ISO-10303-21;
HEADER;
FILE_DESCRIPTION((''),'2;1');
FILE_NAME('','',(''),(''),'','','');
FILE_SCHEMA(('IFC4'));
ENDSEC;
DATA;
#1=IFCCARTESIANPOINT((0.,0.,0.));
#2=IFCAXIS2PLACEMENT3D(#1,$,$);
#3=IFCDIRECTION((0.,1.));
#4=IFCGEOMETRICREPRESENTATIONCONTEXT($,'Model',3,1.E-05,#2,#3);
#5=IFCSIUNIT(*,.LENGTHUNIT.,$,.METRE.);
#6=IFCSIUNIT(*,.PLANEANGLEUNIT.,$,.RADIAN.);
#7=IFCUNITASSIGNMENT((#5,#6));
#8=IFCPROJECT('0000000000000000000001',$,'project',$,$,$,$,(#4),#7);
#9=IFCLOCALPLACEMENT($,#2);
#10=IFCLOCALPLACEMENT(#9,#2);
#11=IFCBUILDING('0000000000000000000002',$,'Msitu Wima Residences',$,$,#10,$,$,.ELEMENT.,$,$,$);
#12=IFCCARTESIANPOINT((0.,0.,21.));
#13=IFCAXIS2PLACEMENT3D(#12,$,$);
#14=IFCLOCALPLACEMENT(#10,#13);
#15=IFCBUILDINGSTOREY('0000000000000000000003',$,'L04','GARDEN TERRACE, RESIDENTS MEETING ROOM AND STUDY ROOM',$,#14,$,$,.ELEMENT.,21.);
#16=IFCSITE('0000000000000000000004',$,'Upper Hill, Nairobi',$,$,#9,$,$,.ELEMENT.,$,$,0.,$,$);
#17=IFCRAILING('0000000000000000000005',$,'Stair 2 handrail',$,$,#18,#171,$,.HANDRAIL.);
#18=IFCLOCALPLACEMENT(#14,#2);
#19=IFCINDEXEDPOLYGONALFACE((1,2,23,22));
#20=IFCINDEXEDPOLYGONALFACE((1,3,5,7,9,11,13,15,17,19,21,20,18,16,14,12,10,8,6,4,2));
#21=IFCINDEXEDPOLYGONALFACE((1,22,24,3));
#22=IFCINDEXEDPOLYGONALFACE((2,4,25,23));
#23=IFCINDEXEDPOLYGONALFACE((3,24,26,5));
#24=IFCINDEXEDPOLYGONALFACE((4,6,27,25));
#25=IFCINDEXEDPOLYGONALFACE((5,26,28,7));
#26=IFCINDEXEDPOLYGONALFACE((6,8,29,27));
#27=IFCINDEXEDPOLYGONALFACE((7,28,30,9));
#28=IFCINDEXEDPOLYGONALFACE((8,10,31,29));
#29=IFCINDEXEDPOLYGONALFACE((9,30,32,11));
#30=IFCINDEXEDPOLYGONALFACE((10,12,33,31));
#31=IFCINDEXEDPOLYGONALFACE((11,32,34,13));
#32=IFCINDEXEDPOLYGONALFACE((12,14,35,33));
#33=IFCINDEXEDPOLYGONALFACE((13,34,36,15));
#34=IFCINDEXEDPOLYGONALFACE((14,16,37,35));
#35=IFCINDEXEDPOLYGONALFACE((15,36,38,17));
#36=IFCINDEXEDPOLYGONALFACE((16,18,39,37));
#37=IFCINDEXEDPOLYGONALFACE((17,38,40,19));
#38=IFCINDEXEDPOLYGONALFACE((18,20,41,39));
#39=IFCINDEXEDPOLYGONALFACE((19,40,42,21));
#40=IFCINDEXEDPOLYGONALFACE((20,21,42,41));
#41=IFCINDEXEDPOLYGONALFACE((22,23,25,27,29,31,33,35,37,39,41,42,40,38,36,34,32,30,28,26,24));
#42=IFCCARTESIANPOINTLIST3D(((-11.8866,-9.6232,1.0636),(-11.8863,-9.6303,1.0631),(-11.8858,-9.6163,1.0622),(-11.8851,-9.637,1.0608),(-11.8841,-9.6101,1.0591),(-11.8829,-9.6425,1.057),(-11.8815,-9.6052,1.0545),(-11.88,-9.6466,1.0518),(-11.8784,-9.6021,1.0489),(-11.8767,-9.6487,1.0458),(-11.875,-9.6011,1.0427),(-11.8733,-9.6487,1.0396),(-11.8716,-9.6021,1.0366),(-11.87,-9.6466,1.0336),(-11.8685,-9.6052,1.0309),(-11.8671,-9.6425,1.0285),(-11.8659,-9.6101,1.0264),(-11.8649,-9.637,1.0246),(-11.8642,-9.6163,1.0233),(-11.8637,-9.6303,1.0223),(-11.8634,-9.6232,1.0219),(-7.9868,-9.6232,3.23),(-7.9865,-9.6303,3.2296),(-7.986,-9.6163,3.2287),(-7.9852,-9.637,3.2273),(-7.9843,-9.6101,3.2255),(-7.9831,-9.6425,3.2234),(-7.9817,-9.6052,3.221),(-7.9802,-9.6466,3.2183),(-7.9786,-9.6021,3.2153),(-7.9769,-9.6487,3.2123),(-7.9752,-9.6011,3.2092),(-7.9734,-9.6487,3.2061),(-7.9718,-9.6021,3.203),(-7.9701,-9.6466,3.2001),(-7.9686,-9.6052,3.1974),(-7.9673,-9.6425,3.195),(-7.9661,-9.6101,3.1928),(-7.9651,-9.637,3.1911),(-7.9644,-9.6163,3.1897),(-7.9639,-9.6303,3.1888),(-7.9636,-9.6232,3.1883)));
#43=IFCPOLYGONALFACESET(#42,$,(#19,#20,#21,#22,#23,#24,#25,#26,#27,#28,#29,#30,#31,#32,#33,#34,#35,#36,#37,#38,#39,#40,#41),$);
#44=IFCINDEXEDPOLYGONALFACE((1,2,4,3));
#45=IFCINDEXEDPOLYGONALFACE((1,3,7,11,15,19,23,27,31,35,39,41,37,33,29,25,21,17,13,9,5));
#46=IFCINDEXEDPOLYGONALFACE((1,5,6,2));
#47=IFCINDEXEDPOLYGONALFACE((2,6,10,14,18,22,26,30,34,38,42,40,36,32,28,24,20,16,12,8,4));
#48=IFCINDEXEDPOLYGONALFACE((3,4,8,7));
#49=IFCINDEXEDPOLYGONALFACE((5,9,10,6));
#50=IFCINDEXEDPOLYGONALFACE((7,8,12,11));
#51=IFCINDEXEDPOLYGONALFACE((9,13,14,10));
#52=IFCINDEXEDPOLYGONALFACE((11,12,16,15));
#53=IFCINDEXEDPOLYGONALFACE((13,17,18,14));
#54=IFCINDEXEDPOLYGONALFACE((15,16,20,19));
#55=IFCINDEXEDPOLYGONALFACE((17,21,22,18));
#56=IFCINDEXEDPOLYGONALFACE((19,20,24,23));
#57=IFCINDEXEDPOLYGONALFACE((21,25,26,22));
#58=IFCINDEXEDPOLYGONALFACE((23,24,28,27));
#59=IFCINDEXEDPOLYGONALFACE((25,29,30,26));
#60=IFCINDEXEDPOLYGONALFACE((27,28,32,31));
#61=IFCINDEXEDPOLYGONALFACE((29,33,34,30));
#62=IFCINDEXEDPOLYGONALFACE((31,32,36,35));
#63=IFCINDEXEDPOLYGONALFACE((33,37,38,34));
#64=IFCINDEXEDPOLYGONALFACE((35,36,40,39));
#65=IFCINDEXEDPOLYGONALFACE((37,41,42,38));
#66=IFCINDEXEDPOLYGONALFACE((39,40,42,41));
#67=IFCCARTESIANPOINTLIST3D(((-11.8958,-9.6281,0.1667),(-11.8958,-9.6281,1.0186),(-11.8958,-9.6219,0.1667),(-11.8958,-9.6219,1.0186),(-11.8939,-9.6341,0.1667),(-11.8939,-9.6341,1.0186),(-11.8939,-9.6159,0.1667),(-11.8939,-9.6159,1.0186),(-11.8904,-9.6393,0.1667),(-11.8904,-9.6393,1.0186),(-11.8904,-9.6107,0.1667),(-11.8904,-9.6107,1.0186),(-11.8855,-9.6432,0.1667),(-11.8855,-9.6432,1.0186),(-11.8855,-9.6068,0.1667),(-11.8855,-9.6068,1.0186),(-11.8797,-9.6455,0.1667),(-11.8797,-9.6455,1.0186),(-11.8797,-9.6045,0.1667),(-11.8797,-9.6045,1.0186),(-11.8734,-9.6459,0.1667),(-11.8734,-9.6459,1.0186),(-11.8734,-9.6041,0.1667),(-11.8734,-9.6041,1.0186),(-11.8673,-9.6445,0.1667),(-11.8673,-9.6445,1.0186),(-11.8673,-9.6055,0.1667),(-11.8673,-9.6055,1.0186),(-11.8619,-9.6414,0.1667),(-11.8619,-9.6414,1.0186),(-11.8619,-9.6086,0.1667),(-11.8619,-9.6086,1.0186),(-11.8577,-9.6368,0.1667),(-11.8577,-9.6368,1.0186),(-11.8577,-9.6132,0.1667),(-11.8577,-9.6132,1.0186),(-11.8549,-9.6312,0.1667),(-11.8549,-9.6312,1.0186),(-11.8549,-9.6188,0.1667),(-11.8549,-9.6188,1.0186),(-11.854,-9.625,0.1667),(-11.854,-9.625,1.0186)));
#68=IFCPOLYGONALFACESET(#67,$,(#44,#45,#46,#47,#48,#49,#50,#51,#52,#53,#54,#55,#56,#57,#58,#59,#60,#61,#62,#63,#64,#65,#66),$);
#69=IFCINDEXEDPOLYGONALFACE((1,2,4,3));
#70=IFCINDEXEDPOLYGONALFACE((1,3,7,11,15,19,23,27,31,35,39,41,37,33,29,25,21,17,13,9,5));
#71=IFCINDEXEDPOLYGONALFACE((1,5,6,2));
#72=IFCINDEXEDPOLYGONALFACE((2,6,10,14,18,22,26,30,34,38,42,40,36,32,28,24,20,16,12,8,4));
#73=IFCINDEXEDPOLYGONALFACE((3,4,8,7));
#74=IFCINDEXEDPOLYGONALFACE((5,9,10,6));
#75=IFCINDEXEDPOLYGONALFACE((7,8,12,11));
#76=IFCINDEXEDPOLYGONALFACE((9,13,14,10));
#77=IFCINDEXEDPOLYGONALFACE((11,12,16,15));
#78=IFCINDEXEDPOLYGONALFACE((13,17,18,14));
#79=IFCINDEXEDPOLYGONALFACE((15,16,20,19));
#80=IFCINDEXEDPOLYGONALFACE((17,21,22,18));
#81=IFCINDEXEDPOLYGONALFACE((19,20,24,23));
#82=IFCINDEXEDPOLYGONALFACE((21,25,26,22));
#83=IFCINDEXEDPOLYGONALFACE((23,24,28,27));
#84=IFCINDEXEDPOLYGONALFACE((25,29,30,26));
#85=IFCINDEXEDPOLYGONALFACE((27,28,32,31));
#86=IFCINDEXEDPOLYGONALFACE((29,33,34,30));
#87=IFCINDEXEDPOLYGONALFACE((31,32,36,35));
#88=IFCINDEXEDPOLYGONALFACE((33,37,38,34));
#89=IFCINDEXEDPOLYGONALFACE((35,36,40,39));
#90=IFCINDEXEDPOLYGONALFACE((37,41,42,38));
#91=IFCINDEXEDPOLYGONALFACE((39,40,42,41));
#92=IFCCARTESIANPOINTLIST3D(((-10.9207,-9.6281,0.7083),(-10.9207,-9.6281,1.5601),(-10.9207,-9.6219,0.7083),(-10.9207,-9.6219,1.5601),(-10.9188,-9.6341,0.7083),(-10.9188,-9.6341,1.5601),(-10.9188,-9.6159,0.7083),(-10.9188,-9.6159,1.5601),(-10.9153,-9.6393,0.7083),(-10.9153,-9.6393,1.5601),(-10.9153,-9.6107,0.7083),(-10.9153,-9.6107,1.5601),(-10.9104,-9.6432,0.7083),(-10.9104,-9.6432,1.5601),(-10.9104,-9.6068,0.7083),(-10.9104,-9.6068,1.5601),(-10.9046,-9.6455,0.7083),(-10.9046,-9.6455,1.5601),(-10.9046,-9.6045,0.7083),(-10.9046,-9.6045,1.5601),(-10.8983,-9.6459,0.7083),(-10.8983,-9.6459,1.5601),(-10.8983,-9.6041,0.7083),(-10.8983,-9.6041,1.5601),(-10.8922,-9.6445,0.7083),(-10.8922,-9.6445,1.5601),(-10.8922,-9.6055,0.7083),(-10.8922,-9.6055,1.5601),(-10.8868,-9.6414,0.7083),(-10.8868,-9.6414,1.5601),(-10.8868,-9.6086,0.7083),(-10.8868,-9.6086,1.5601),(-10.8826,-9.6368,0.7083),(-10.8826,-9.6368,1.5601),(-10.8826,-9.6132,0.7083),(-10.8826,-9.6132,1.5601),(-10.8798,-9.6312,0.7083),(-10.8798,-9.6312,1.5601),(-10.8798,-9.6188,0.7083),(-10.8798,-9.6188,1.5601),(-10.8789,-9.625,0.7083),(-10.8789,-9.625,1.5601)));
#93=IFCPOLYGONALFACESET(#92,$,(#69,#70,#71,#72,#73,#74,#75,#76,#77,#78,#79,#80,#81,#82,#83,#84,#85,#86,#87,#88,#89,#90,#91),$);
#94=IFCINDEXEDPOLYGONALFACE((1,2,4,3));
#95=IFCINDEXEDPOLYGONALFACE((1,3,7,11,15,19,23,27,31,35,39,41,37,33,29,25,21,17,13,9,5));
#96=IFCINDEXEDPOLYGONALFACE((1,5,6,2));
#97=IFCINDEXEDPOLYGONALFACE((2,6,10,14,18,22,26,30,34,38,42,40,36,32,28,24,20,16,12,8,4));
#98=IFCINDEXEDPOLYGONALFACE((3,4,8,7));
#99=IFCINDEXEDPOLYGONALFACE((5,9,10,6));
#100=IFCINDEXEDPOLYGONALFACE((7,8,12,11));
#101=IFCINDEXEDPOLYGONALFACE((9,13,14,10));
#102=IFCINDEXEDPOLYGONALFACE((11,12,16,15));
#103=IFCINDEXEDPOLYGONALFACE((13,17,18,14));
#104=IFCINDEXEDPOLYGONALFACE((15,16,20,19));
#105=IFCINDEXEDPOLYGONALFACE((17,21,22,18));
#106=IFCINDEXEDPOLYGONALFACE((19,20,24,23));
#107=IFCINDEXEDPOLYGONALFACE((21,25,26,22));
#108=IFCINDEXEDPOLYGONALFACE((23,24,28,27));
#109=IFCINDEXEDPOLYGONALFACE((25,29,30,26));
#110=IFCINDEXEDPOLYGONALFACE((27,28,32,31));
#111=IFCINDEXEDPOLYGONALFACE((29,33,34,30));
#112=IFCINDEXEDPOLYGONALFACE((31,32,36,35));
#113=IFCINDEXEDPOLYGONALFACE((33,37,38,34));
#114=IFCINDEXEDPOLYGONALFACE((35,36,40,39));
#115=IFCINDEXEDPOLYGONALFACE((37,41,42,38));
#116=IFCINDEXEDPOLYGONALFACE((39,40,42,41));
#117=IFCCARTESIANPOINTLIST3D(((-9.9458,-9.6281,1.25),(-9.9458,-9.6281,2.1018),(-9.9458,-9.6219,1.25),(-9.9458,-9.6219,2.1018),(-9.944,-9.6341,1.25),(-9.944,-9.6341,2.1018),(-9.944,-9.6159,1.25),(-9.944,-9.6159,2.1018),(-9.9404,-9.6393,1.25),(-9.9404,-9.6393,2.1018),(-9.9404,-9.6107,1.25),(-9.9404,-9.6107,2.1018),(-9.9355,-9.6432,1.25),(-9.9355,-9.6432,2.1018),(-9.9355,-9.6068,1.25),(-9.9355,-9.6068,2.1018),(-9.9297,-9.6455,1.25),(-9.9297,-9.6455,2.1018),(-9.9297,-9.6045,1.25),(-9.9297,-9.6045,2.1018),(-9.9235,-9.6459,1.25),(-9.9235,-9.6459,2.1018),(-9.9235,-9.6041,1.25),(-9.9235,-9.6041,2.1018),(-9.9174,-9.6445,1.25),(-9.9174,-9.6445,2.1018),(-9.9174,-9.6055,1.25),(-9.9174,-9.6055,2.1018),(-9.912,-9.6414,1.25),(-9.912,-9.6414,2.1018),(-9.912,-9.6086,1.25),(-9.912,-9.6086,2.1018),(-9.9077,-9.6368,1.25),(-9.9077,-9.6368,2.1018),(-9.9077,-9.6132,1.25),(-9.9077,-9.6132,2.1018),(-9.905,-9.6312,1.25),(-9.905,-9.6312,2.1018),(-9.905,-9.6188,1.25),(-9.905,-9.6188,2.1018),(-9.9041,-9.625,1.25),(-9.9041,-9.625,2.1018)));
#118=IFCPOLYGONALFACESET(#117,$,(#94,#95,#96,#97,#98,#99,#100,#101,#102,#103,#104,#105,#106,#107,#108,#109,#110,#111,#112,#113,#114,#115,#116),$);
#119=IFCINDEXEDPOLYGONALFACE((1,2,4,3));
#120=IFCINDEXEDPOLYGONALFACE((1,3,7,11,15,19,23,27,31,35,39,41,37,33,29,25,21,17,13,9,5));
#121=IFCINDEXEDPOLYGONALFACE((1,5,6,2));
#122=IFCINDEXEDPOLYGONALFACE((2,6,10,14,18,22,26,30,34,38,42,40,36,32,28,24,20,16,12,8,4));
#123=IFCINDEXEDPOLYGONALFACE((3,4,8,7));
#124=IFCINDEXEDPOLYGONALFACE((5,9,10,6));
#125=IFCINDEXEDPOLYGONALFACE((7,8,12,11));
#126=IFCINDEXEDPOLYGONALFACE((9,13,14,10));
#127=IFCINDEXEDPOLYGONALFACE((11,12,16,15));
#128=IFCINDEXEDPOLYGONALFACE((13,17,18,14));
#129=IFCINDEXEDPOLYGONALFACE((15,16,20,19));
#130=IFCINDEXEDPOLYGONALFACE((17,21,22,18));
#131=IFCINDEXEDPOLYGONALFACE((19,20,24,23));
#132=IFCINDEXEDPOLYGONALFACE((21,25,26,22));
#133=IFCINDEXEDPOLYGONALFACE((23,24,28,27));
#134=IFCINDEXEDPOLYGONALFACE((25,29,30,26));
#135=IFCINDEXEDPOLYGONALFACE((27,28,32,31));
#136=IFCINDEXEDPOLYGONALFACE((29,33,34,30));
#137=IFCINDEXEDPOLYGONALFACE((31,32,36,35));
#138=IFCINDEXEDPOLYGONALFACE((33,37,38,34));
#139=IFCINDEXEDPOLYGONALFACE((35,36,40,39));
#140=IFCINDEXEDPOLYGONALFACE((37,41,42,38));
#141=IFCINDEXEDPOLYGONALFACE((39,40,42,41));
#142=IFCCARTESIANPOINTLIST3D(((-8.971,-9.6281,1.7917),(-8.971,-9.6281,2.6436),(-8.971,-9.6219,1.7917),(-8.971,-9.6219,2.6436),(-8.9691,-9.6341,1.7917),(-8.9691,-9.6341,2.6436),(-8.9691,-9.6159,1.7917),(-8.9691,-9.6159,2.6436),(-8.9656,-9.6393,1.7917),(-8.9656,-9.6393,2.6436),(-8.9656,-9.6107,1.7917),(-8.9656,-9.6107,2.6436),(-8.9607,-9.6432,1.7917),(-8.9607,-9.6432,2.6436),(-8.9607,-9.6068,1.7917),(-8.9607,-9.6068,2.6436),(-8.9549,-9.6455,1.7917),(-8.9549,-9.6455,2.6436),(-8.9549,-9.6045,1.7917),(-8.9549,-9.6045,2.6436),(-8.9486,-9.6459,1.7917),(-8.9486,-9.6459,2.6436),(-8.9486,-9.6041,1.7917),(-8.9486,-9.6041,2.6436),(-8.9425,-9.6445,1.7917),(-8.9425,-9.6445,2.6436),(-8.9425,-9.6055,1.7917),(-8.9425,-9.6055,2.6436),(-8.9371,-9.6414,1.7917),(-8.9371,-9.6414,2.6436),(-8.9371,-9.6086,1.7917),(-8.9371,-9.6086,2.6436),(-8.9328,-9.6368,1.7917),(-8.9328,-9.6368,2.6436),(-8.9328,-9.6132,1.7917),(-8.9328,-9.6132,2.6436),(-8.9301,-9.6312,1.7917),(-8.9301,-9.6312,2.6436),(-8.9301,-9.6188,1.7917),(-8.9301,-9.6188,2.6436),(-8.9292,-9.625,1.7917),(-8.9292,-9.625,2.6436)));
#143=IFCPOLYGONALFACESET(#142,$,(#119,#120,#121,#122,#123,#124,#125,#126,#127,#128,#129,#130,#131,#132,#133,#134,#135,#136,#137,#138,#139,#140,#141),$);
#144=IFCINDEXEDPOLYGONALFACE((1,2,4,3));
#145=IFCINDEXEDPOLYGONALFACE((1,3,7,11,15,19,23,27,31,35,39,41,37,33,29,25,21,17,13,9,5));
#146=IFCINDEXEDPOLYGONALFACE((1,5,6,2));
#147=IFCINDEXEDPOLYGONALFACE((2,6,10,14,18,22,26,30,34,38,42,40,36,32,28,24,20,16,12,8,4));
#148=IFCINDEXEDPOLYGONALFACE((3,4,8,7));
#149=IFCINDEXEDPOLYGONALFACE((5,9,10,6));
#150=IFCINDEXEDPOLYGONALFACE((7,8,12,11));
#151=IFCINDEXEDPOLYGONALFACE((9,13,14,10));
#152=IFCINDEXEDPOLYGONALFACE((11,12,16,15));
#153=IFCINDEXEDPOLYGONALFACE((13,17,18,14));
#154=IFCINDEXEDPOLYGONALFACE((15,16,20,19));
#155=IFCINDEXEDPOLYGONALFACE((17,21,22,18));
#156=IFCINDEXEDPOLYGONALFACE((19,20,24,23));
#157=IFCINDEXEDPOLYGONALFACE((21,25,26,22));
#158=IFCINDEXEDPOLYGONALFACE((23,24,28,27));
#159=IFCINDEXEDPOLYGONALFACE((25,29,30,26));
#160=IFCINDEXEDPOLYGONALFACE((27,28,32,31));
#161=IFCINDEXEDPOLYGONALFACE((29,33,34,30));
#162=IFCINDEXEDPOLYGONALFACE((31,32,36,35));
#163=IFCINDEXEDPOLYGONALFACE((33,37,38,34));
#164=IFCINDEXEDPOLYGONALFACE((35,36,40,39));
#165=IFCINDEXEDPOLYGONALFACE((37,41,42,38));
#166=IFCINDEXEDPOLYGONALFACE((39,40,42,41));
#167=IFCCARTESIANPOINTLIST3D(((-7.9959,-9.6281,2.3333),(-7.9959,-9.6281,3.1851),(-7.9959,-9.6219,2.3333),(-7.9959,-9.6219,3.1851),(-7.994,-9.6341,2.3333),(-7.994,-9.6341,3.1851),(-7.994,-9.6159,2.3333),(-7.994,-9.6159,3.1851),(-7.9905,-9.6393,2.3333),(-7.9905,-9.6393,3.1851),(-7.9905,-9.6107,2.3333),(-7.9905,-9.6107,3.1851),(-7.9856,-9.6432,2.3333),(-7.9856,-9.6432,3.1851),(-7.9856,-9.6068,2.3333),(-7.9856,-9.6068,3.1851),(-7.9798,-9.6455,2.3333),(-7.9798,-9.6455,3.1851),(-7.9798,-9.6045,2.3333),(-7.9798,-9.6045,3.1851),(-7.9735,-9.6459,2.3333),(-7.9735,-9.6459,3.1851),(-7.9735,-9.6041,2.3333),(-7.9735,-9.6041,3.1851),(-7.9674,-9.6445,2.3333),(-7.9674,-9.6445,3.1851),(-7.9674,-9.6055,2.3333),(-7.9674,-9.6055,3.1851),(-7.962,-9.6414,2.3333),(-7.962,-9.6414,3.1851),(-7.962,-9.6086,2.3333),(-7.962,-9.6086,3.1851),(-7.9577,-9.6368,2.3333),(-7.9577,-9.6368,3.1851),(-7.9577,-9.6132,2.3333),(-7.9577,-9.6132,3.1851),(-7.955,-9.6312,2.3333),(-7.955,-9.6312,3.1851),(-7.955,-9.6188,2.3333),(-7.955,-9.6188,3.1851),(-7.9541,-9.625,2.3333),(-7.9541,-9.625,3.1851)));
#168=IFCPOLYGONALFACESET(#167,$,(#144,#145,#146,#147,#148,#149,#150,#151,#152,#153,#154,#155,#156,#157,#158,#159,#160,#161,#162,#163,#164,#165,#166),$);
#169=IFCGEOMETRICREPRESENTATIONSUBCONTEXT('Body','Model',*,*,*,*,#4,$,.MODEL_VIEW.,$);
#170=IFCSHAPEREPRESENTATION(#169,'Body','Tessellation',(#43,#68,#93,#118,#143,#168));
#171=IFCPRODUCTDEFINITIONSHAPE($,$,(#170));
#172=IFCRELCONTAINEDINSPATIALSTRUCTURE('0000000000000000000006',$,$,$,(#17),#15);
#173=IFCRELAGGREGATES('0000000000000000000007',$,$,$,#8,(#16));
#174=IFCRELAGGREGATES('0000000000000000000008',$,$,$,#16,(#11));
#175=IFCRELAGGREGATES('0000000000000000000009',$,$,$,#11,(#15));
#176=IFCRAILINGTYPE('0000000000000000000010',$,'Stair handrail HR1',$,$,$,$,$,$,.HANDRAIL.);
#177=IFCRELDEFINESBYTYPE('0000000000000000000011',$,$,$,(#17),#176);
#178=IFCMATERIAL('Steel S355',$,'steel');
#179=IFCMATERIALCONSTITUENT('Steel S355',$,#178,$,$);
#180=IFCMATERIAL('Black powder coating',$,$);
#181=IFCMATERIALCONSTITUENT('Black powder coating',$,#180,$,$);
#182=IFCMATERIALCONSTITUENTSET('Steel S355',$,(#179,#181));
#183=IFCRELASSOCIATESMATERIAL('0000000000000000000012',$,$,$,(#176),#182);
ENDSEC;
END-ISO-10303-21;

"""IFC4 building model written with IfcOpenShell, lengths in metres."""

from ifc_helpers import new_model, si_unit, direction, frame, origin, origin_2d, place, context, subcontext, project, spatial, circle, extrude, material, constituent, constituent_set, type_object, element, save


model = new_model("IFC4")

# Units and contexts
model_context = context("Model", 3, precision=1e-05, world=origin(), true_north=direction((0.0, 1.0)))
body_context = subcontext(model_context, "Body", "Model", "MODEL_VIEW")
ifc_project = project(units=[si_unit("LENGTHUNIT", "METRE"), si_unit("PLANEANGLEUNIT", "RADIAN")], contexts=[model_context])

# Site, building, storey
site_placement = place(None, origin())
site = spatial("IfcSite", under=ifc_project, at=site_placement, Name="Upper Hill, Nairobi", CompositionType="ELEMENT", RefElevation=0.0)
building_placement = place(site_placement, origin())
building = spatial("IfcBuilding", under=site, at=building_placement, Name="Msitu Wima Residences", CompositionType="ELEMENT")
storey_placement = place(building_placement, frame((0.0, 0.0, 21.0)))
storey = spatial("IfcBuildingStorey", under=building, at=storey_placement, Name="L04", Description="GARDEN TERRACE, RESIDENTS MEETING ROOM AND STUDY ROOM", CompositionType="ELEMENT", Elevation=21.0)

# Railing
ifc_material_1 = material(Name="Steel S355", Category="steel")
ifc_constituent_1 = constituent(ifc_material_1, Name="Steel S355")
ifc_material_2 = material(Name="Black powder coating")
ifc_constituent_2 = constituent(ifc_material_2, Name="Black powder coating")
ifc_constituent_set = constituent_set(constituents=[ifc_constituent_1, ifc_constituent_2], Name="Steel S355")
railing_type = type_object("IfcRailingType", Name="Stair handrail HR1", PredefinedType="HANDRAIL", material=ifc_constituent_set)
for number, where, name in (
    (1, (-11.875, -9.625, 0.1667), "Stair 2 handrail"),
):
    element("IfcRailing", number, at=place(storey_placement, frame(where)), inside=storey, type_object=railing_type, Name=name, PredefinedType="HANDRAIL", context=body_context, shape_type="SweptSolid", body=[
        extrude(circle(Radius=0.0239, at=origin_2d()), frame((0.0, 0.0, 0.876), z_axis=(0.874168, 0.0, 0.485624), x_axis=(0.0, 1.0, 0.0)), (0.0, 0.0, 1.0), 4.4612),
        extrude(circle(Radius=0.021, at=origin_2d()), origin(), (0.0, 0.0, 1.0), 0.8518),
        extrude(circle(Radius=0.021, at=origin_2d()), frame((0.9751, 0.0, 0.5415)), (0.0, 0.0, 1.0), 0.8518),
        extrude(circle(Radius=0.021, at=origin_2d()), frame((1.95, 0.0, 1.0833)), (0.0, 0.0, 1.0), 0.8518),
        extrude(circle(Radius=0.021, at=origin_2d()), frame((2.9248, 0.0, 1.625)), (0.0, 0.0, 1.0), 0.8518),
        extrude(circle(Radius=0.021, at=origin_2d()), frame((3.8999, 0.0, 2.1665)), (0.0, 0.0, 1.0), 0.8518),
    ])

save(model, "model.ifc")
